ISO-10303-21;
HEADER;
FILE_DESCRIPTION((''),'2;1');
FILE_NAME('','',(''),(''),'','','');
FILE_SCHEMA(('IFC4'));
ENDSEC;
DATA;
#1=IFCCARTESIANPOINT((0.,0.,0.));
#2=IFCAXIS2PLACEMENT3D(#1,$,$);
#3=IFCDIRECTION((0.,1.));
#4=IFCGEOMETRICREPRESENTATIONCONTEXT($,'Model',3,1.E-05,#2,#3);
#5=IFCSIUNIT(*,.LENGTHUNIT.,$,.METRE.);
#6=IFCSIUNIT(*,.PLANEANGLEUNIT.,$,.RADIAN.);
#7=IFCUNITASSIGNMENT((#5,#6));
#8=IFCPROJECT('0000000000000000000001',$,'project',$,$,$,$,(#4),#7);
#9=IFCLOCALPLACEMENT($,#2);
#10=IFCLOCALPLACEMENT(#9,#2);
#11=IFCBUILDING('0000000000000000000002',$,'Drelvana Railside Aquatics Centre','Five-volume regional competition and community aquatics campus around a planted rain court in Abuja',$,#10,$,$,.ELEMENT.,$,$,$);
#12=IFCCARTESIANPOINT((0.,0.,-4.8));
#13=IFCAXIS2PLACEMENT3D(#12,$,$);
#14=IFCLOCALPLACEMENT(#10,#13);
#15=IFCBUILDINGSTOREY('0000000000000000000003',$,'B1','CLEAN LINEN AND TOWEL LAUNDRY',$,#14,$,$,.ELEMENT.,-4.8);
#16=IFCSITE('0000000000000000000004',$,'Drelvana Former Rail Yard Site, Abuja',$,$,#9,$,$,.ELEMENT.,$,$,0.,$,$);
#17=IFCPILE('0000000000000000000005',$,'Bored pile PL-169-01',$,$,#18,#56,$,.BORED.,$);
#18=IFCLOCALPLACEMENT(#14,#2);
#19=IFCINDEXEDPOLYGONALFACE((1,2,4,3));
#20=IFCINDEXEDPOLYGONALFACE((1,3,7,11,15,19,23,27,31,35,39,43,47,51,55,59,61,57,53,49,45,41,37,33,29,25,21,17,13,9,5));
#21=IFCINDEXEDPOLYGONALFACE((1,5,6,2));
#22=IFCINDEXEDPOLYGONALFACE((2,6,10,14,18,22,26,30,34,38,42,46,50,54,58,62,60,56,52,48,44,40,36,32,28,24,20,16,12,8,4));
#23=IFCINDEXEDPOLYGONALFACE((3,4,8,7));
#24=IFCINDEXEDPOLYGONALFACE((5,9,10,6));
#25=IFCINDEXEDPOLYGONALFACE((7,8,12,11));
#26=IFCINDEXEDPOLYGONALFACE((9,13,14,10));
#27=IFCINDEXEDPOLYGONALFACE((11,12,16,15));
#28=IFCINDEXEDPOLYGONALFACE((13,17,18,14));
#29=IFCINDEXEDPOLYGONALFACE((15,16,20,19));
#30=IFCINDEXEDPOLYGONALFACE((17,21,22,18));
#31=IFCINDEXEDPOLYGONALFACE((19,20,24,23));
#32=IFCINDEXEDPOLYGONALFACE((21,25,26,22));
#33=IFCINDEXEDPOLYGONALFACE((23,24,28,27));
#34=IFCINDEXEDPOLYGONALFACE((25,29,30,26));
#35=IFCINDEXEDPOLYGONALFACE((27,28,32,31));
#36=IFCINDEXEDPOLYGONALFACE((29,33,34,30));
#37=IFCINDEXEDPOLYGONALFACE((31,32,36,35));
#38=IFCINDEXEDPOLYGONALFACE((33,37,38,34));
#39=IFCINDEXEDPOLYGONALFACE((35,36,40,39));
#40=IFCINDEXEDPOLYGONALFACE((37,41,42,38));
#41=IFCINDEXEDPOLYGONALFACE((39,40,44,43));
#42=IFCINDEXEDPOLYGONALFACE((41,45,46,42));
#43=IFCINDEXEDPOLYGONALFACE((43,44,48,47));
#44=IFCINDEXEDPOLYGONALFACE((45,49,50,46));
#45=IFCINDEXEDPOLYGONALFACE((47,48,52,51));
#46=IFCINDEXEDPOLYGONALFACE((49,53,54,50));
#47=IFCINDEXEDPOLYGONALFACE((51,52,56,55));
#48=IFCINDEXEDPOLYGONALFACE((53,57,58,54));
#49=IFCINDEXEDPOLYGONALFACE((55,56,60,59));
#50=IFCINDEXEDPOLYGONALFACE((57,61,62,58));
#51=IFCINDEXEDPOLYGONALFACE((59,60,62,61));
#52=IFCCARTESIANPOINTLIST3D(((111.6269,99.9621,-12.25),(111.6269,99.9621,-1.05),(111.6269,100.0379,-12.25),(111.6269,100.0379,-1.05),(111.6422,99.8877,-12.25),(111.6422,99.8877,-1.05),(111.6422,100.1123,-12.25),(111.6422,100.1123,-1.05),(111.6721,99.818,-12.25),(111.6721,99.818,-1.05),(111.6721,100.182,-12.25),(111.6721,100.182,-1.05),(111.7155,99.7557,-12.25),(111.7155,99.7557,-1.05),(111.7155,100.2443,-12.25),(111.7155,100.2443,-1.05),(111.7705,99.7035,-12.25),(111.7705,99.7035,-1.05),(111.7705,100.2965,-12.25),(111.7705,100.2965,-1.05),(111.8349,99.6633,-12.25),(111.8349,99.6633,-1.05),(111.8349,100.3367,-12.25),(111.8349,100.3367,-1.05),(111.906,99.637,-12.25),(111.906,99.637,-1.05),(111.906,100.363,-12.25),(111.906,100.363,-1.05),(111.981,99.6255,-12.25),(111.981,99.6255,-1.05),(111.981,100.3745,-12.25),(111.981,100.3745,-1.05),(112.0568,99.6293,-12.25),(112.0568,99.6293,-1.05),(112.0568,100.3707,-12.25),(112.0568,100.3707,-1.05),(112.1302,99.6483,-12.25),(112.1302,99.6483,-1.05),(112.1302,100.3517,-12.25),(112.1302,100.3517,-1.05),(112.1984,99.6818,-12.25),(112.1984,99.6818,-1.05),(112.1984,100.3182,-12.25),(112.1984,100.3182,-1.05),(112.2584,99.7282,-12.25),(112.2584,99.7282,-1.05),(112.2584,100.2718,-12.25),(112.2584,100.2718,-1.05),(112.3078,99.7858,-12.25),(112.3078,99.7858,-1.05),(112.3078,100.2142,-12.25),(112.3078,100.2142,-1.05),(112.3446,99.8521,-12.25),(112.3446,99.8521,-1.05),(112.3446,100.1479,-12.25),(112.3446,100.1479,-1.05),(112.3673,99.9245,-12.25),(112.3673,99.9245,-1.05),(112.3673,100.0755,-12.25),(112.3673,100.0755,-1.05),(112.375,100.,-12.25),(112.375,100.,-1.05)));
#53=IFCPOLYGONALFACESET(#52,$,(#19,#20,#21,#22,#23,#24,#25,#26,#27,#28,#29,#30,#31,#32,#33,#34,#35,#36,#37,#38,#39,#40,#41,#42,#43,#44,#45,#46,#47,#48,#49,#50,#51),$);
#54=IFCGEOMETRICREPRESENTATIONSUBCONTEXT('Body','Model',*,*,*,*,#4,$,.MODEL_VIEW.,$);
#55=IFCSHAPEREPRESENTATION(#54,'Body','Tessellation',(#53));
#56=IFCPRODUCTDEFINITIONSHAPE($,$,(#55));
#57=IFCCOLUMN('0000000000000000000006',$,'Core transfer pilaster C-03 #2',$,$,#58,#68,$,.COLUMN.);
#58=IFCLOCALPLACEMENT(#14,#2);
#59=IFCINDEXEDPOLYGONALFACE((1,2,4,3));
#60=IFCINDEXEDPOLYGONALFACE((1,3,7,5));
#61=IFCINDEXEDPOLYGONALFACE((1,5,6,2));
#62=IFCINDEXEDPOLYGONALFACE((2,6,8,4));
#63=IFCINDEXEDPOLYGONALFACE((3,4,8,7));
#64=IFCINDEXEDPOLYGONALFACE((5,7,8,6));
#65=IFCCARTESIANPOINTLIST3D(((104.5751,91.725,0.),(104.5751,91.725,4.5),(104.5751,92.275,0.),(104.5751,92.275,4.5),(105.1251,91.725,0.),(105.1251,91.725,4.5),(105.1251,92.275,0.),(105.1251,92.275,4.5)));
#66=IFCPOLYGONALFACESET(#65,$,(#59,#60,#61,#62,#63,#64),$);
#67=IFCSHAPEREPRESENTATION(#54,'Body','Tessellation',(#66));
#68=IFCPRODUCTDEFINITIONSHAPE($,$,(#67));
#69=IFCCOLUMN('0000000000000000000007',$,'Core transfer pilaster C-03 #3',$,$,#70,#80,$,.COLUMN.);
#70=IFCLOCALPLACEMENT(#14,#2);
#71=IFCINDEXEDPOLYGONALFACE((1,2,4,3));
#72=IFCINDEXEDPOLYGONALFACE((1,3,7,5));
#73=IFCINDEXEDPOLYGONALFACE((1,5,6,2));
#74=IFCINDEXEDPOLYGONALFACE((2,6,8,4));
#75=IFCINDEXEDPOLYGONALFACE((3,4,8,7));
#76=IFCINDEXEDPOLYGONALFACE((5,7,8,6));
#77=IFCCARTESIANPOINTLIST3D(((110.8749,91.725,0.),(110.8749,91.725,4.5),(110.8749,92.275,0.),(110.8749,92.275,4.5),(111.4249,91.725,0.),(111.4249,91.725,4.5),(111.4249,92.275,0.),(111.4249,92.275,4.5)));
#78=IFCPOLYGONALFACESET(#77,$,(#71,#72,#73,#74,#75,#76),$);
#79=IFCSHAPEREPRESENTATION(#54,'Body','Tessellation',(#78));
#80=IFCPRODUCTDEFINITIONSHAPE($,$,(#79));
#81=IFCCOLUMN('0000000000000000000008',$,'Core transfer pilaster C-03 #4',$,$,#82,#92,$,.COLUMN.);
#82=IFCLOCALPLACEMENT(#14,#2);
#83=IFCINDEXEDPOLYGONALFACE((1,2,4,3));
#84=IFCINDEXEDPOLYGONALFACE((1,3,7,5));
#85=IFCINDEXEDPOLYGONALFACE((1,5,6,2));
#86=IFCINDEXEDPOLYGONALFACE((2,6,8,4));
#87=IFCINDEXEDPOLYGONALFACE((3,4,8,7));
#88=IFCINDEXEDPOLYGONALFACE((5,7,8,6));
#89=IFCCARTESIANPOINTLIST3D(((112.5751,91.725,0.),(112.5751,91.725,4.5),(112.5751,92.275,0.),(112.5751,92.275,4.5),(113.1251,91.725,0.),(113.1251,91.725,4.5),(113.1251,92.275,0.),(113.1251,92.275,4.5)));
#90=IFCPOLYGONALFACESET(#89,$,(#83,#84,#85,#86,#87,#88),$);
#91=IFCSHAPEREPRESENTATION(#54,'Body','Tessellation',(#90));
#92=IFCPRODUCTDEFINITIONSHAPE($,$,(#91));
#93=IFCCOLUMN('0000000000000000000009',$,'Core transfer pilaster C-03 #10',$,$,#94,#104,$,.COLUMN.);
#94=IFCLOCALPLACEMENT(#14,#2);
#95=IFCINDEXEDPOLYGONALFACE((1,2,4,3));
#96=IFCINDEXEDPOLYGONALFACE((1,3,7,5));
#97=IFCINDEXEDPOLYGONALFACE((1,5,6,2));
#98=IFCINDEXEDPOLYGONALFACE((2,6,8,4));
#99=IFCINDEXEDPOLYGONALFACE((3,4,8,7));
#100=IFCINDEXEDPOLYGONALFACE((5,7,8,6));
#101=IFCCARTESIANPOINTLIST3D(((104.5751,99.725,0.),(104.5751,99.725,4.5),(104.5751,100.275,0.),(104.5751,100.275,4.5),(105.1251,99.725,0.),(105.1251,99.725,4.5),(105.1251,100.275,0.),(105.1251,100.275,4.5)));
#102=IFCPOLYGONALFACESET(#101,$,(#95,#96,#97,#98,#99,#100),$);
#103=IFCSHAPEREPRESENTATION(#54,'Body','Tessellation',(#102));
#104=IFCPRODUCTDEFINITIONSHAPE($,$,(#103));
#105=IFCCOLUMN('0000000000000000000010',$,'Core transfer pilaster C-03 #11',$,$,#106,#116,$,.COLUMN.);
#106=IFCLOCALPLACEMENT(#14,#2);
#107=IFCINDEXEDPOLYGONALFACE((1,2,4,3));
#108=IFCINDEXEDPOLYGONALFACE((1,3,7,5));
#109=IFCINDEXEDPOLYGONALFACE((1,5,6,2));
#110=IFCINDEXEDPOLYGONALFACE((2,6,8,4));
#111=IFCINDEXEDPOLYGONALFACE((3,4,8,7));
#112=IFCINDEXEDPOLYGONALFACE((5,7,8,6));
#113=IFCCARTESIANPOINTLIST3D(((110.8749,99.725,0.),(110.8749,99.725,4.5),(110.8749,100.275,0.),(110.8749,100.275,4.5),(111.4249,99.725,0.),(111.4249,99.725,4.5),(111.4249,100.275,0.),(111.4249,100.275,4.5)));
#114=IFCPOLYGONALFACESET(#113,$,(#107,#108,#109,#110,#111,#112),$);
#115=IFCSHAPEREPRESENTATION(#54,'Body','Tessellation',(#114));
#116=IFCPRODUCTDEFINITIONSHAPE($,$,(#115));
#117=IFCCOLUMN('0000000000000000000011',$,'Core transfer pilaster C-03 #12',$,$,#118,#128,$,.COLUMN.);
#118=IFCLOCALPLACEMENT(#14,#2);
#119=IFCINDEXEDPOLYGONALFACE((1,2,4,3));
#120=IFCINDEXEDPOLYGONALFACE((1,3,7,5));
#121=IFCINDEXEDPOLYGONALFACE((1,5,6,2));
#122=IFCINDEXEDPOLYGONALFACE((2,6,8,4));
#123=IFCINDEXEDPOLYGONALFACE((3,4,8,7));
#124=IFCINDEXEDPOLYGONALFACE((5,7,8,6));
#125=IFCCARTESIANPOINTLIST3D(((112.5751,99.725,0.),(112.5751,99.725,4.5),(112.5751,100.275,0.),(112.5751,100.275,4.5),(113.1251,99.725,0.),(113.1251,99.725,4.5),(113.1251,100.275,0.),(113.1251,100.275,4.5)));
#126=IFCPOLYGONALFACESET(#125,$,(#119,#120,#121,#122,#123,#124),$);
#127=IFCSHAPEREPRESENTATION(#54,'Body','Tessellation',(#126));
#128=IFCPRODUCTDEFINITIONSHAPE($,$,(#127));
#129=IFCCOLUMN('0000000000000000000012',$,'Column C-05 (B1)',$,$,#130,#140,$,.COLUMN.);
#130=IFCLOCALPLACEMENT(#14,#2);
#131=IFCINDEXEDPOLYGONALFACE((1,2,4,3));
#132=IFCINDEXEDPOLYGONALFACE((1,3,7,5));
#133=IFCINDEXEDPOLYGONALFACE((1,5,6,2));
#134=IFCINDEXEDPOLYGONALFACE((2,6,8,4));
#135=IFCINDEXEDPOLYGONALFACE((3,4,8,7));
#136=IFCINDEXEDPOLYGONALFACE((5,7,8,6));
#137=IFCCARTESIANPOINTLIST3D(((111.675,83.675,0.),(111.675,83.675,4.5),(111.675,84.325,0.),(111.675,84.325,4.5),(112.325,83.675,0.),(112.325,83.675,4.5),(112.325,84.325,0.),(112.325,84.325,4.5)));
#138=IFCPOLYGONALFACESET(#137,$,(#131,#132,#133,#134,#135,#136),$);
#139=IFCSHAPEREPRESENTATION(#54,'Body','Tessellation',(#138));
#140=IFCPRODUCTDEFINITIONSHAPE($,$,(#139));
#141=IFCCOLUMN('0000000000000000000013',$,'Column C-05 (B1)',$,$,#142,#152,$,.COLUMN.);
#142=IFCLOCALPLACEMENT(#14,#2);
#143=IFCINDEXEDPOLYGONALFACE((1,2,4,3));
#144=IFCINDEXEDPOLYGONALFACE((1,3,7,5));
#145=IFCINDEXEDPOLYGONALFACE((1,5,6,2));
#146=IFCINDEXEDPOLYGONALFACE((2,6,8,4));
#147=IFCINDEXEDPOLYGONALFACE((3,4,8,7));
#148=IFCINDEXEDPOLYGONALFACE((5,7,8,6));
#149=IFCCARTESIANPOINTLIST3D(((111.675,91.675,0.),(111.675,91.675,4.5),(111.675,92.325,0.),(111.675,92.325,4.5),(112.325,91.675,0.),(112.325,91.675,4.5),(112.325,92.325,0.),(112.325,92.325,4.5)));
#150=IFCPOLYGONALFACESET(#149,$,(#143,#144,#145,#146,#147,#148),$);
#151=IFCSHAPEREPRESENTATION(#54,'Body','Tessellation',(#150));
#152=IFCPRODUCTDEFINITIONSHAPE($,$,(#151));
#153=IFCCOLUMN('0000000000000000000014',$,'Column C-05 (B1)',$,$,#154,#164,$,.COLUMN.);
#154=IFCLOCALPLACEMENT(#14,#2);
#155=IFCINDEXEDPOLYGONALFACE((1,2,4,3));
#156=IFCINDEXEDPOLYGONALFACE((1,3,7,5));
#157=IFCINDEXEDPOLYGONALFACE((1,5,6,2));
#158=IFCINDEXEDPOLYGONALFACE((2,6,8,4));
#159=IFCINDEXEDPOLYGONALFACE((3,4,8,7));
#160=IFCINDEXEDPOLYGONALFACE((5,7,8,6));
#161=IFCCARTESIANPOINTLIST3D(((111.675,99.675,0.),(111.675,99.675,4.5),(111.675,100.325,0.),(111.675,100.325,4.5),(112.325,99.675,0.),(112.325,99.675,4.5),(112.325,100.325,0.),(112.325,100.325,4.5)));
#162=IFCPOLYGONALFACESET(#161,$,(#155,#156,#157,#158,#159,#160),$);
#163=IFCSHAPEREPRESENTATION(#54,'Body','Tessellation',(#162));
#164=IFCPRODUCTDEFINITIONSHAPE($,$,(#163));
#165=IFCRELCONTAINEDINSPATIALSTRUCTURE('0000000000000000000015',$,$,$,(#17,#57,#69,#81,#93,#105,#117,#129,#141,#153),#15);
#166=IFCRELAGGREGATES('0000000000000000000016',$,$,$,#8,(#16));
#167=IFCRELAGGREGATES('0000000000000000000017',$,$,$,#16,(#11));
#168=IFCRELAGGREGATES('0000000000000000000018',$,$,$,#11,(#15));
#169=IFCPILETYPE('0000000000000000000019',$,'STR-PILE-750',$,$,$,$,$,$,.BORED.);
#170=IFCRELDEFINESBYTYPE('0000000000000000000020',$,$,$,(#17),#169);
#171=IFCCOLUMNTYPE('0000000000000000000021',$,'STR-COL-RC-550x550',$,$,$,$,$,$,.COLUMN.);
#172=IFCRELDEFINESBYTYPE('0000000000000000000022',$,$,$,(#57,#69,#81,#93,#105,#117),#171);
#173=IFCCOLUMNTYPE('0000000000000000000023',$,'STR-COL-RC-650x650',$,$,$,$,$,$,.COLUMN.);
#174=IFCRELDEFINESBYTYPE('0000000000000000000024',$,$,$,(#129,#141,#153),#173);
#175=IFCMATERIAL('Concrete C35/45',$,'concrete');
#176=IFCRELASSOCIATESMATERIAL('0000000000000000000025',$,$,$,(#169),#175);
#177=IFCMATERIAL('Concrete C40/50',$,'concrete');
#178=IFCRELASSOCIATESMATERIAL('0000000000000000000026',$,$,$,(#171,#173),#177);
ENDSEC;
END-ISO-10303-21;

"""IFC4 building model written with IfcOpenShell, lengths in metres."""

from ifc_helpers import new_model, si_unit, direction, frame, origin, origin_2d, place, context, subcontext, project, spatial, rectangle, circle, extrude, material, material_profile, profile_set, type_object, element, save


model = new_model("IFC4")

# Units and contexts
model_context = context("Model", 3, precision=1e-05, world=origin(), true_north=direction((0.0, 1.0)))
body_context = subcontext(model_context, "Body", "Model", "MODEL_VIEW")
ifc_project = project(units=[si_unit("LENGTHUNIT", "METRE"), si_unit("PLANEANGLEUNIT", "RADIAN")], contexts=[model_context])

# Site, building, storey
site_placement = place(None, origin())
site = spatial("IfcSite", under=ifc_project, at=site_placement, Name="Drelvana Former Rail Yard Site, Abuja", CompositionType="ELEMENT", RefElevation=0.0)
building_placement = place(site_placement, origin())
building = spatial("IfcBuilding", under=site, at=building_placement, Name="Drelvana Railside Aquatics Centre", Description="Five-volume regional competition and community aquatics campus around a planted rain court in Abuja", CompositionType="ELEMENT")
storey_placement = place(building_placement, frame((0.0, 0.0, -4.8)))
storey = spatial("IfcBuildingStorey", under=building, at=storey_placement, Name="B1", Description="CLEAN LINEN AND TOWEL LAUNDRY", CompositionType="ELEMENT", Elevation=-4.8)

# Shared definitions
ifc_material_1 = material(Name="Concrete C35/45", Category="concrete")

# Pile
ifc_material_profile_1 = material_profile(ifc_material_1, circle(Radius=0.375, at=origin_2d()), Name="PILE D750")
ifc_profile_set_1 = profile_set([ifc_material_profile_1], Name="Concrete C35/45")
pile_type = type_object("IfcPileType", Name="STR-PILE-750", PredefinedType="BORED", material=ifc_profile_set_1)
for number, where, z_axis, x_axis, name in (
    (1, (112.0, 100.0, -1.05), (0.0, 0.0, -1.0), (1.0, 0.0, 0.0), "Bored pile PL-169-01"),
):
    element("IfcPile", number, at=place(storey_placement, frame(where, z_axis=z_axis, x_axis=x_axis)), inside=storey, type_object=pile_type, Name=name, PredefinedType="BORED", context=body_context, shape_type="SweptSolid", body=[
        extrude(circle(Radius=0.375, at=origin_2d()), origin(), (0.0, 0.0, 1.0), 11.2),
    ])

# Columns
ifc_material_2 = material(Name="Concrete C40/50", Category="concrete")
ifc_material_profile_2 = material_profile(ifc_material_2, rectangle(XDim=0.55, YDim=0.55, at=origin_2d()), Name="RC 550x550")
ifc_profile_set_2 = profile_set([ifc_material_profile_2], Name="Concrete C40/50")
column_type_1 = type_object("IfcColumnType", Name="STR-COL-RC-550x550", PredefinedType="COLUMN", material=ifc_profile_set_2)
for number, where, z_axis, x_axis, name in (
    (2, (104.8501, 92.0, 0.0), (0.0, 0.0, 1.0), (1.0, 0.0, 0.0), "Core transfer pilaster C-03 #2"),
    (3, (111.1499, 92.0, 0.0), (0.0, 0.0, 1.0), (1.0, 0.0, 0.0), "Core transfer pilaster C-03 #3"),
    (4, (112.8501, 92.0, 0.0), (0.0, 0.0, 1.0), (1.0, 0.0, 0.0), "Core transfer pilaster C-03 #4"),
    (5, (104.8501, 100.0, 0.0), (0.0, 0.0, 1.0), (1.0, 0.0, 0.0), "Core transfer pilaster C-03 #10"),
    (6, (111.1499, 100.0, 0.0), (0.0, 0.0, 1.0), (1.0, 0.0, 0.0), "Core transfer pilaster C-03 #11"),
    (7, (112.8501, 100.0, 0.0), (0.0, 0.0, 1.0), (1.0, 0.0, 0.0), "Core transfer pilaster C-03 #12"),
):
    element("IfcColumn", number, at=place(storey_placement, frame(where, z_axis=z_axis, x_axis=x_axis)), inside=storey, type_object=column_type_1, Name=name, PredefinedType="COLUMN", context=body_context, shape_type="SweptSolid", body=[
        extrude(rectangle(XDim=0.55, YDim=0.55, at=origin_2d()), origin(), (0.0, 0.0, 1.0), 4.5),
    ])
ifc_material_profile_3 = material_profile(ifc_material_2, rectangle(XDim=0.6499, YDim=0.6499, at=origin_2d()), Name="RC 650x650")
ifc_profile_set_3 = profile_set([ifc_material_profile_3], Name="Concrete C40/50")
column_type_2 = type_object("IfcColumnType", Name="STR-COL-RC-650x650", PredefinedType="COLUMN", material=ifc_profile_set_3)
for number, where, z_axis, x_axis, name in (
    (8, (112.0, 84.0, 0.0), (0.0, 0.0, 1.0), (1.0, 0.0, 0.0), "Column C-05 (B1)"),
    (9, (112.0, 92.0, 0.0), (0.0, 0.0, 1.0), (1.0, 0.0, 0.0), "Column C-05 (B1)"),
    (10, (112.0, 100.0, 0.0), (0.0, 0.0, 1.0), (1.0, 0.0, 0.0), "Column C-05 (B1)"),
):
    element("IfcColumn", number, at=place(storey_placement, frame(where, z_axis=z_axis, x_axis=x_axis)), inside=storey, type_object=column_type_2, Name=name, PredefinedType="COLUMN", context=body_context, shape_type="SweptSolid", body=[
        extrude(rectangle(XDim=0.6499, YDim=0.6499, at=origin_2d()), origin(), (0.0, 0.0, 1.0), 4.5),
    ])

save(model, "model.ifc")
